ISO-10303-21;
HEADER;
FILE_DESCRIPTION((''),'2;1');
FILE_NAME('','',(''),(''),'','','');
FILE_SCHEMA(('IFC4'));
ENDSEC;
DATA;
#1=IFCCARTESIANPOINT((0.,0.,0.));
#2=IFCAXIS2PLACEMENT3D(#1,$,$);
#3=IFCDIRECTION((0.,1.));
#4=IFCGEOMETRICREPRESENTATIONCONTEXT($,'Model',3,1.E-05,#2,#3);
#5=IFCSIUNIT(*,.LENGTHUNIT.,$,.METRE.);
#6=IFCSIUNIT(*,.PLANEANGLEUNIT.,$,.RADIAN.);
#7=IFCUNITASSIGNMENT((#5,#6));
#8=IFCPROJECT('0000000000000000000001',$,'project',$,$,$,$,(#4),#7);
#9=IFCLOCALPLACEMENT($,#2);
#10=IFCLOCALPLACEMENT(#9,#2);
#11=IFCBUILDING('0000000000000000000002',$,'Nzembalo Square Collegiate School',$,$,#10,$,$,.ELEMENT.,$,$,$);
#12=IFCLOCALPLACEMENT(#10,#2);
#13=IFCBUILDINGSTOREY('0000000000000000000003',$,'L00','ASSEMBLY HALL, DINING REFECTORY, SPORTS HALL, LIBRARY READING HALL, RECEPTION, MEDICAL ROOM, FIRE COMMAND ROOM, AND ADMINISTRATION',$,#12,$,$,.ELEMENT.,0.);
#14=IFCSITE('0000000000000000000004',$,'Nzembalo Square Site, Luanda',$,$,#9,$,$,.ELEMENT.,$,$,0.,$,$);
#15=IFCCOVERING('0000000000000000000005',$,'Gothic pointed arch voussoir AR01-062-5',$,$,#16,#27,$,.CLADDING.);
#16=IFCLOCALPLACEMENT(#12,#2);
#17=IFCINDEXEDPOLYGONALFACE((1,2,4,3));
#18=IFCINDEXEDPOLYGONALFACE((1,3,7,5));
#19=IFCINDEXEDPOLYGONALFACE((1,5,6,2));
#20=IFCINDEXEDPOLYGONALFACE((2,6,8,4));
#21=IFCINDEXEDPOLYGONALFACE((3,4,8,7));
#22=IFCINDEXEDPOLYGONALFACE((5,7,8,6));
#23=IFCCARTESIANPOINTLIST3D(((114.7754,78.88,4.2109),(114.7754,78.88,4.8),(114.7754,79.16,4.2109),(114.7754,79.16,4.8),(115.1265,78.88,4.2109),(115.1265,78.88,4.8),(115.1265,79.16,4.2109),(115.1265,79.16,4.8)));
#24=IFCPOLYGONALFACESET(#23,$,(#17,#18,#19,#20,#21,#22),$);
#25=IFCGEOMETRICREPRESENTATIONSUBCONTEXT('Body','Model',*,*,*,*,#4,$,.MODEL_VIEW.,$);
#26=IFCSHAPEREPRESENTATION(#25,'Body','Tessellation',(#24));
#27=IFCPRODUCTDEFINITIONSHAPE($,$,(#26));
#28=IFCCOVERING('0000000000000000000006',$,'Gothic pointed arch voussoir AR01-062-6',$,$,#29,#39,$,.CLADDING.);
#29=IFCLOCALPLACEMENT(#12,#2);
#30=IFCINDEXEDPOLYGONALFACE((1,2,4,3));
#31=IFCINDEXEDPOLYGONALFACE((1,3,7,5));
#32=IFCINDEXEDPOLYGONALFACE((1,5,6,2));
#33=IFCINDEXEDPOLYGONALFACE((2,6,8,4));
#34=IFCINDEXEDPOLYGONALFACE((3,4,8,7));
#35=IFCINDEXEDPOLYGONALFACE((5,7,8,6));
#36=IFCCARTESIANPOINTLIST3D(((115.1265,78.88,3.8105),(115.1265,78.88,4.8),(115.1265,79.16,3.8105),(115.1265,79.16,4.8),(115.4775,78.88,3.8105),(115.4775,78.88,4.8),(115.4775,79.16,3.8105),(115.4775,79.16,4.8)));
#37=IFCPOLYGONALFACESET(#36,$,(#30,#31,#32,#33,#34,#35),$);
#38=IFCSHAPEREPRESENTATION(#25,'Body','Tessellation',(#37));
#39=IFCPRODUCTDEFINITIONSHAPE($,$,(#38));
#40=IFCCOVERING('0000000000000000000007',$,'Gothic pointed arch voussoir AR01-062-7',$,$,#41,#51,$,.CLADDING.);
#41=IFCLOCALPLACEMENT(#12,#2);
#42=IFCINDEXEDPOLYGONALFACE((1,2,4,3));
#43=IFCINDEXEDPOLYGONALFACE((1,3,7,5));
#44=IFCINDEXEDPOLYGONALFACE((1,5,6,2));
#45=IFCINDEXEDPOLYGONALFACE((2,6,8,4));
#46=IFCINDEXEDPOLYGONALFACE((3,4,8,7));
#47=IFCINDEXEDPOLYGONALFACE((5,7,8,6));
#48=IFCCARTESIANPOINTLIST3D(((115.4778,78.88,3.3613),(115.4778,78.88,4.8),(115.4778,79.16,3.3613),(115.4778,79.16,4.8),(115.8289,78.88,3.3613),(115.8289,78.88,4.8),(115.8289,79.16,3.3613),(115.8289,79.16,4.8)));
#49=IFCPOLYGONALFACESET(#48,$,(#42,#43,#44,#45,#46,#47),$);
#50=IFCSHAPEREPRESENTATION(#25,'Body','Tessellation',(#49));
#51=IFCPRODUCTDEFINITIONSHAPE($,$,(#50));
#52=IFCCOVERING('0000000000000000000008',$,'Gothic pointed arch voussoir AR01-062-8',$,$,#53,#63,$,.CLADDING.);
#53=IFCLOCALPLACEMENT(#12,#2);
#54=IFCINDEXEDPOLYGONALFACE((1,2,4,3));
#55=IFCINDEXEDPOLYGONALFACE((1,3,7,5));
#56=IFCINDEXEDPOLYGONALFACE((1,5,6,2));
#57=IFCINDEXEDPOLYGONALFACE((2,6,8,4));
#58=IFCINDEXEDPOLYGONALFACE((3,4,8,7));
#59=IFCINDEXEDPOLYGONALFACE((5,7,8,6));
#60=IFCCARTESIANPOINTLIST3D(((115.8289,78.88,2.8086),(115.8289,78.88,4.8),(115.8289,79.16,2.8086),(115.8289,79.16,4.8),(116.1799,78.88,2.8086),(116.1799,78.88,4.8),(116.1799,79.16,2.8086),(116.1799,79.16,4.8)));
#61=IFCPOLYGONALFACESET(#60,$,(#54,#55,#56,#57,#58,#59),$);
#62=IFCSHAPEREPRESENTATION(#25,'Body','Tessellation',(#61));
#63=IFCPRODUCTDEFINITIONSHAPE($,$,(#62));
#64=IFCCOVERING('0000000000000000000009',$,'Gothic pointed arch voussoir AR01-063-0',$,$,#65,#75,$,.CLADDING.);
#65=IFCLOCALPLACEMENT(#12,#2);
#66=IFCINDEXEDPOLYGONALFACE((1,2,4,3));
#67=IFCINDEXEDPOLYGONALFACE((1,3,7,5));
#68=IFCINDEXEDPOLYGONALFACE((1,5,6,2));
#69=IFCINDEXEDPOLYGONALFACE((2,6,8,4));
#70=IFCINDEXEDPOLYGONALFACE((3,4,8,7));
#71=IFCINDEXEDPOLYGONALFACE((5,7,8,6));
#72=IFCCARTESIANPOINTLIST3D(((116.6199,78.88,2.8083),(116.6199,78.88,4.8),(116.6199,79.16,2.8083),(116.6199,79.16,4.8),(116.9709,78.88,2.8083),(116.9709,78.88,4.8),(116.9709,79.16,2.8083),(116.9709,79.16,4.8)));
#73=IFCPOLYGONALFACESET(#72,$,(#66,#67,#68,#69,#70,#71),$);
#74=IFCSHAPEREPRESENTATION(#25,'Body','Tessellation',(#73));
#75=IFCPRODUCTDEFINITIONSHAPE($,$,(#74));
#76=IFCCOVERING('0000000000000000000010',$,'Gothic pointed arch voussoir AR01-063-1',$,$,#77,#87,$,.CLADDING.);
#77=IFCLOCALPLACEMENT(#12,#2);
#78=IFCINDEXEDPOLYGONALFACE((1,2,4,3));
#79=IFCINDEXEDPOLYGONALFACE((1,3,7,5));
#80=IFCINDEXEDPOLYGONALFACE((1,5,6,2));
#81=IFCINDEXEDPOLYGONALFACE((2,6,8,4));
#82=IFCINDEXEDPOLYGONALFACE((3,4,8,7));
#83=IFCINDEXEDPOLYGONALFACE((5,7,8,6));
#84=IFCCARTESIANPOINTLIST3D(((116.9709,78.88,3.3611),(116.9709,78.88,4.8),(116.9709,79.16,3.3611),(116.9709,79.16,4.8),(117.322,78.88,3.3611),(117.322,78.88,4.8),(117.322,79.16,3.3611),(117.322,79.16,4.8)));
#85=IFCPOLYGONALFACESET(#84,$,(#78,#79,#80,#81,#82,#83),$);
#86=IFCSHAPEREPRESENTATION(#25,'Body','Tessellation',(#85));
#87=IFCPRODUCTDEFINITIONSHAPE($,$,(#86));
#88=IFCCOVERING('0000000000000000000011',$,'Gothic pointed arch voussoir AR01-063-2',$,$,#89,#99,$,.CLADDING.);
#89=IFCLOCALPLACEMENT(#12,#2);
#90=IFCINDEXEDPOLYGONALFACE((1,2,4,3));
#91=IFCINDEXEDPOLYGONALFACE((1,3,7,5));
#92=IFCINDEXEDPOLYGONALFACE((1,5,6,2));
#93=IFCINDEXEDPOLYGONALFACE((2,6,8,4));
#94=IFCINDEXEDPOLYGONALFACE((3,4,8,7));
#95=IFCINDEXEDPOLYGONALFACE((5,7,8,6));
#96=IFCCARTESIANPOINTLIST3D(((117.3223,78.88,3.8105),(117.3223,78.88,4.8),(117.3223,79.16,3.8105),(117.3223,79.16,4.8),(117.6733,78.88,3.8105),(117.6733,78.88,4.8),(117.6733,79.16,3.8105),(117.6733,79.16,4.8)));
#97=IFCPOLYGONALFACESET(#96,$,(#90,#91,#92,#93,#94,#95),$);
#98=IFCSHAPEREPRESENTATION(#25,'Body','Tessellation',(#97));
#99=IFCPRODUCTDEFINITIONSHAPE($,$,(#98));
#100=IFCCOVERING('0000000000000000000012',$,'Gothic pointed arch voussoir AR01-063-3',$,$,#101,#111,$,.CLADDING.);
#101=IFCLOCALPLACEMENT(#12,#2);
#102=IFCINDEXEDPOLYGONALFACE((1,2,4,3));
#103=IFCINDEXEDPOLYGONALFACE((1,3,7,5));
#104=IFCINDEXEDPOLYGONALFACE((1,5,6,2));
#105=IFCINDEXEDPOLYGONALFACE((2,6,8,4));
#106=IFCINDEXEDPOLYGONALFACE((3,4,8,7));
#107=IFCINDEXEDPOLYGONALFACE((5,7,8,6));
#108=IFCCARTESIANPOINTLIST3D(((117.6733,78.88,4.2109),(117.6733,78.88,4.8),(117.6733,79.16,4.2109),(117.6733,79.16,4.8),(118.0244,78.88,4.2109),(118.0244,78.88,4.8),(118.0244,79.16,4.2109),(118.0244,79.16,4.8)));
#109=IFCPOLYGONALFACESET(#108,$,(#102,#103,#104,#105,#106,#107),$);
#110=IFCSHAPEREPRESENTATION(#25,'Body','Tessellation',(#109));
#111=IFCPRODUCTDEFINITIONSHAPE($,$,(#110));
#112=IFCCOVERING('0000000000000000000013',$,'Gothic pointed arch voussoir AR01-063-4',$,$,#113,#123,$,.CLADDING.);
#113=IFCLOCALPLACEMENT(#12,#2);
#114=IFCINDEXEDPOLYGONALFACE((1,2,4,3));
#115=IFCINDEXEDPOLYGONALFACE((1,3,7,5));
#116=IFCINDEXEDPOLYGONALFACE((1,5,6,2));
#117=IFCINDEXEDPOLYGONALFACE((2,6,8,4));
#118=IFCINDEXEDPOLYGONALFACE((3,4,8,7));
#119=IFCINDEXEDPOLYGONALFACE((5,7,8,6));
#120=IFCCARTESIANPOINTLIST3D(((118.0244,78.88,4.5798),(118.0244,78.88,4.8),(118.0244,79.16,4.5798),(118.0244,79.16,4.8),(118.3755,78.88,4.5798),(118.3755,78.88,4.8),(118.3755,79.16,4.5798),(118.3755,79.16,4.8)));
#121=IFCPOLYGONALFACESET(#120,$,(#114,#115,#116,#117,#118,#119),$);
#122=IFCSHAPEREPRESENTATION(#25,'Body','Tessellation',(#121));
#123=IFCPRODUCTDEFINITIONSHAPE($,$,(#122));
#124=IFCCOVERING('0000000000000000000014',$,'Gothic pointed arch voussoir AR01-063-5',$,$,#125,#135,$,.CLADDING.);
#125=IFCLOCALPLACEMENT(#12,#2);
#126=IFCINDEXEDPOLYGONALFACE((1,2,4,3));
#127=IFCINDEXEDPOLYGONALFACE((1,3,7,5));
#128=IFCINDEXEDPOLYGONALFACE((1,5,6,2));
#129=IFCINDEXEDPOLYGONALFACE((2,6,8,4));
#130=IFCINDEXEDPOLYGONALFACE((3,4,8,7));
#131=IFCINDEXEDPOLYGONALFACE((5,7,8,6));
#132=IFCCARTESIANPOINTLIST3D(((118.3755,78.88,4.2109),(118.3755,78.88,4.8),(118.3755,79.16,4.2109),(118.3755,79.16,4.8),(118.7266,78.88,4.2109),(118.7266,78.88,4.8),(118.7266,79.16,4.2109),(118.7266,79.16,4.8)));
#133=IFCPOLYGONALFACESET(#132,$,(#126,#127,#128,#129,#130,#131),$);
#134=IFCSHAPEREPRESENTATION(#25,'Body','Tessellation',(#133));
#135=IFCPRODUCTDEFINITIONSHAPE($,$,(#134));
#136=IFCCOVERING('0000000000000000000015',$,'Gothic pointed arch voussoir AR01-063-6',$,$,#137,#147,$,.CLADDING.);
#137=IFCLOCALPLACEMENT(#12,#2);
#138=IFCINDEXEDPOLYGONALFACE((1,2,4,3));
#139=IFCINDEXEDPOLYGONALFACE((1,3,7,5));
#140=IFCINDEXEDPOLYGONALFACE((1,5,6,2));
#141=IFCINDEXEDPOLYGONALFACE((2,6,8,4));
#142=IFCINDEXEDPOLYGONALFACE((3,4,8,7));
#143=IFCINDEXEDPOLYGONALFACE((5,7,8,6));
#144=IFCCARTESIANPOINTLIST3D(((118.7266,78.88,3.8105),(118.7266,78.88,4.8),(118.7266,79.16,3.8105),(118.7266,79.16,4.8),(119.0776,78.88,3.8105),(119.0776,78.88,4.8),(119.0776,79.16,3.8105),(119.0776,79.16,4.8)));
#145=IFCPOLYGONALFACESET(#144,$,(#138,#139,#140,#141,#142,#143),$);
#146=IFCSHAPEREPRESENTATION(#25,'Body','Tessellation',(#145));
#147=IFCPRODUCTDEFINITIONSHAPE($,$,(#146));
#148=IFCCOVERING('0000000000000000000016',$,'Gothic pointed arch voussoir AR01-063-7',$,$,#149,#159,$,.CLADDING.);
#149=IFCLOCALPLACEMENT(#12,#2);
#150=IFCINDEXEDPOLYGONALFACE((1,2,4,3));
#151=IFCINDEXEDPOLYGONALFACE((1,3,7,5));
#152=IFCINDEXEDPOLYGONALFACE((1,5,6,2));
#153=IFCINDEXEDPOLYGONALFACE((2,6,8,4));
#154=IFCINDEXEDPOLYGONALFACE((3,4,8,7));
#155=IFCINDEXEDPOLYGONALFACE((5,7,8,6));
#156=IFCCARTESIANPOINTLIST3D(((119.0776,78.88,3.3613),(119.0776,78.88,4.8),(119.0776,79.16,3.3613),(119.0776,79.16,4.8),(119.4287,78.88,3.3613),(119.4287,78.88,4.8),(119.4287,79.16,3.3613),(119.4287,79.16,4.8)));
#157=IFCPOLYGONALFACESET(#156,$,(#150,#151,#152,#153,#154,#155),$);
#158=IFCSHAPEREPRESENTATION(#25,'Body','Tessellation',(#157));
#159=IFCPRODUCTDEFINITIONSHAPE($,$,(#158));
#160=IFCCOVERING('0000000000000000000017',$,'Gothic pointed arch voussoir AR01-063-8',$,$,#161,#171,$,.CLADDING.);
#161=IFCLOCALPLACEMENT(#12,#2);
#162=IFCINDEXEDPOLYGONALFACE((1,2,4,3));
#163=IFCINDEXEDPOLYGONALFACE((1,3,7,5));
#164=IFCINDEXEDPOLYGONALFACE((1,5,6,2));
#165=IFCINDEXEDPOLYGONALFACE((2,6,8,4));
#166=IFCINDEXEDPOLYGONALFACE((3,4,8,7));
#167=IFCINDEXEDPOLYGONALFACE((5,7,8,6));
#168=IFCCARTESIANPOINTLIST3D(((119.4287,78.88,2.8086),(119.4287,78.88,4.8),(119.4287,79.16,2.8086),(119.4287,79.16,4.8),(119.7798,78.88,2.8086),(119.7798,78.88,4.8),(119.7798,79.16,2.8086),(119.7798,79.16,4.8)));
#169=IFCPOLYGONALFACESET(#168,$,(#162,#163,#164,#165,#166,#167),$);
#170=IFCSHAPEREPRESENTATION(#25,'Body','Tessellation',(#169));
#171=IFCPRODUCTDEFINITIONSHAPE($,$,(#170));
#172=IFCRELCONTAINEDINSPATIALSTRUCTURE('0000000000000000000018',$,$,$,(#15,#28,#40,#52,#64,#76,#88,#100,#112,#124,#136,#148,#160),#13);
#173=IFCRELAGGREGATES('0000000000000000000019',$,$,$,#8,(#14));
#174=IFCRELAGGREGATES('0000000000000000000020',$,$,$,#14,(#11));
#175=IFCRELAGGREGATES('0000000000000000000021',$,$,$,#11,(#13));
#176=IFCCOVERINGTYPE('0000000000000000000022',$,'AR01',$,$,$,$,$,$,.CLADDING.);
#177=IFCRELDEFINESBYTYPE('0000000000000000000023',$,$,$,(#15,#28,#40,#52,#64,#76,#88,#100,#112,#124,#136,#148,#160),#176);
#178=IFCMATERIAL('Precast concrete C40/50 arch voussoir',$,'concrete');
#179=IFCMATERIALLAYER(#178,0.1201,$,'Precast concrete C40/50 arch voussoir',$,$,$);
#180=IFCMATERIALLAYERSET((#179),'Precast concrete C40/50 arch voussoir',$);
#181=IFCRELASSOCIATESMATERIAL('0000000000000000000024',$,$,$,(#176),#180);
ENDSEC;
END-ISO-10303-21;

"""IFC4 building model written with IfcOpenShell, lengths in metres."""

from ifc_helpers import new_model, si_unit, direction, frame, origin, origin_2d, place, context, subcontext, project, spatial, rectangle, extrude, material, layer, layer_set, type_object, element, save


model = new_model("IFC4")

# Units and contexts
model_context = context("Model", 3, precision=1e-05, world=origin(), true_north=direction((0.0, 1.0)))
body_context = subcontext(model_context, "Body", "Model", "MODEL_VIEW")
ifc_project = project(units=[si_unit("LENGTHUNIT", "METRE"), si_unit("PLANEANGLEUNIT", "RADIAN")], contexts=[model_context])

# Site, building, storey
site_placement = place(None, origin())
site = spatial("IfcSite", under=ifc_project, at=site_placement, Name="Nzembalo Square Site, Luanda", CompositionType="ELEMENT", RefElevation=0.0)
building_placement = place(site_placement, origin())
building = spatial("IfcBuilding", under=site, at=building_placement, Name="Nzembalo Square Collegiate School", CompositionType="ELEMENT")
storey_placement = place(building_placement, origin())
storey = spatial("IfcBuildingStorey", under=building, at=storey_placement, Name="L00", Description="ASSEMBLY HALL, DINING REFECTORY, SPORTS HALL, LIBRARY READING HALL, RECEPTION, MEDICAL ROOM, FIRE COMMAND ROOM, AND ADMINISTRATION", CompositionType="ELEMENT", Elevation=0.0)

# Coverings
ifc_material_1 = material(Name="Precast concrete C40/50 arch voussoir", Category="concrete")
ifc_layer = layer(ifc_material_1, 0.1201, Name="Precast concrete C40/50 arch voussoir")
ifc_layer_set = layer_set([ifc_layer], Name="Precast concrete C40/50 arch voussoir")
covering_type = type_object("IfcCoveringType", Name="AR01", PredefinedType="CLADDING", material=ifc_layer_set)
covering_1_placement = place(storey_placement, frame((114.9509, 79.02, 4.2109), z_axis=(0.0, 0.0, 1.0), x_axis=(1.0, 0.0, 0.0)))
element("IfcCovering", 1, at=covering_1_placement, inside=storey, type_object=covering_type, Name="Gothic pointed arch voussoir AR01-062-5", PredefinedType="CLADDING", context=body_context, shape_type="SweptSolid", body=[
    extrude(rectangle(XDim=0.3511, YDim=0.28, at=origin_2d()), origin(), (0.0, 0.0, 1.0), 0.5891),
])
covering_2_placement = place(storey_placement, frame((115.302, 79.02, 3.8105), z_axis=(0.0, 0.0, 1.0), x_axis=(1.0, 0.0, 0.0)))
element("IfcCovering", 2, at=covering_2_placement, inside=storey, type_object=covering_type, Name="Gothic pointed arch voussoir AR01-062-6", PredefinedType="CLADDING", context=body_context, shape_type="SweptSolid", body=[
    extrude(rectangle(XDim=0.3511, YDim=0.28, at=origin_2d()), origin(), (0.0, 0.0, 1.0), 0.9895),
])
covering_3_placement = place(storey_placement, frame((115.6533, 79.02, 3.3613), z_axis=(0.0, 0.0, 1.0), x_axis=(1.0, 0.0, 0.0)))
element("IfcCovering", 3, at=covering_3_placement, inside=storey, type_object=covering_type, Name="Gothic pointed arch voussoir AR01-062-7", PredefinedType="CLADDING", context=body_context, shape_type="SweptSolid", body=[
    extrude(rectangle(XDim=0.3511, YDim=0.28, at=origin_2d()), origin(), (0.0, 0.0, 1.0), 1.4387),
])
covering_4_placement = place(storey_placement, frame((116.0044, 79.02, 2.8086), z_axis=(0.0, 0.0, 1.0), x_axis=(1.0, 0.0, 0.0)))
element("IfcCovering", 4, at=covering_4_placement, inside=storey, type_object=covering_type, Name="Gothic pointed arch voussoir AR01-062-8", PredefinedType="CLADDING", context=body_context, shape_type="SweptSolid", body=[
    extrude(rectangle(XDim=0.3511, YDim=0.28, at=origin_2d()), origin(), (0.0, 0.0, 1.0), 1.9915),
])
covering_5_placement = place(storey_placement, frame((116.7954, 79.02, 2.8083), z_axis=(0.0, 0.0, 1.0), x_axis=(1.0, 0.0, 0.0)))
element("IfcCovering", 5, at=covering_5_placement, inside=storey, type_object=covering_type, Name="Gothic pointed arch voussoir AR01-063-0", PredefinedType="CLADDING", context=body_context, shape_type="SweptSolid", body=[
    extrude(rectangle(XDim=0.3511, YDim=0.28, at=origin_2d()), origin(), (0.0, 0.0, 1.0), 1.9917),
])
covering_6_placement = place(storey_placement, frame((117.1465, 79.02, 3.3611), z_axis=(0.0, 0.0, 1.0), x_axis=(1.0, 0.0, 0.0)))
element("IfcCovering", 6, at=covering_6_placement, inside=storey, type_object=covering_type, Name="Gothic pointed arch voussoir AR01-063-1", PredefinedType="CLADDING", context=body_context, shape_type="SweptSolid", body=[
    extrude(rectangle(XDim=0.3511, YDim=0.28, at=origin_2d()), origin(), (0.0, 0.0, 1.0), 1.439),
])
covering_7_placement = place(storey_placement, frame((117.4978, 79.02, 3.8105), z_axis=(0.0, 0.0, 1.0), x_axis=(1.0, 0.0, 0.0)))
element("IfcCovering", 7, at=covering_7_placement, inside=storey, type_object=covering_type, Name="Gothic pointed arch voussoir AR01-063-2", PredefinedType="CLADDING", context=body_context, shape_type="SweptSolid", body=[
    extrude(rectangle(XDim=0.3511, YDim=0.28, at=origin_2d()), origin(), (0.0, 0.0, 1.0), 0.9895),
])
covering_8_placement = place(storey_placement, frame((117.8489, 79.02, 4.2109), z_axis=(0.0, 0.0, 1.0), x_axis=(1.0, 0.0, 0.0)))
element("IfcCovering", 8, at=covering_8_placement, inside=storey, type_object=covering_type, Name="Gothic pointed arch voussoir AR01-063-3", PredefinedType="CLADDING", context=body_context, shape_type="SweptSolid", body=[
    extrude(rectangle(XDim=0.3511, YDim=0.28, at=origin_2d()), origin(), (0.0, 0.0, 1.0), 0.5891),
])
covering_9_placement = place(storey_placement, frame((118.2, 79.02, 4.5798), z_axis=(0.0, 0.0, 1.0), x_axis=(1.0, 0.0, 0.0)))
element("IfcCovering", 9, at=covering_9_placement, inside=storey, type_object=covering_type, Name="Gothic pointed arch voussoir AR01-063-4", PredefinedType="CLADDING", context=body_context, shape_type="SweptSolid", body=[
    extrude(rectangle(XDim=0.3511, YDim=0.28, at=origin_2d()), origin(), (0.0, 0.0, 1.0), 0.2202),
])
covering_10_placement = place(storey_placement, frame((118.551, 79.02, 4.2109), z_axis=(0.0, 0.0, 1.0), x_axis=(1.0, 0.0, 0.0)))
element("IfcCovering", 10, at=covering_10_placement, inside=storey, type_object=covering_type, Name="Gothic pointed arch voussoir AR01-063-5", PredefinedType="CLADDING", context=body_context, shape_type="SweptSolid", body=[
    extrude(rectangle(XDim=0.3511, YDim=0.28, at=origin_2d()), origin(), (0.0, 0.0, 1.0), 0.5891),
])
covering_11_placement = place(storey_placement, frame((118.9021, 79.02, 3.8105), z_axis=(0.0, 0.0, 1.0), x_axis=(1.0, 0.0, 0.0)))
element("IfcCovering", 11, at=covering_11_placement, inside=storey, type_object=covering_type, Name="Gothic pointed arch voussoir AR01-063-6", PredefinedType="CLADDING", context=body_context, shape_type="SweptSolid", body=[
    extrude(rectangle(XDim=0.3511, YDim=0.28, at=origin_2d()), origin(), (0.0, 0.0, 1.0), 0.9895),
])
covering_12_placement = place(storey_placement, frame((119.2532, 79.02, 3.3613), z_axis=(0.0, 0.0, 1.0), x_axis=(1.0, 0.0, 0.0)))
element("IfcCovering", 12, at=covering_12_placement, inside=storey, type_object=covering_type, Name="Gothic pointed arch voussoir AR01-063-7", PredefinedType="CLADDING", context=body_context, shape_type="SweptSolid", body=[
    extrude(rectangle(XDim=0.3511, YDim=0.28, at=origin_2d()), origin(), (0.0, 0.0, 1.0), 1.4387),
])
covering_13_placement = place(storey_placement, frame((119.6042, 79.02, 2.8086), z_axis=(0.0, 0.0, 1.0), x_axis=(1.0, 0.0, 0.0)))
element("IfcCovering", 13, at=covering_13_placement, inside=storey, type_object=covering_type, Name="Gothic pointed arch voussoir AR01-063-8", PredefinedType="CLADDING", context=body_context, shape_type="SweptSolid", body=[
    extrude(rectangle(XDim=0.3511, YDim=0.28, at=origin_2d()), origin(), (0.0, 0.0, 1.0), 1.9915),
])

save(model, "model.ifc")
